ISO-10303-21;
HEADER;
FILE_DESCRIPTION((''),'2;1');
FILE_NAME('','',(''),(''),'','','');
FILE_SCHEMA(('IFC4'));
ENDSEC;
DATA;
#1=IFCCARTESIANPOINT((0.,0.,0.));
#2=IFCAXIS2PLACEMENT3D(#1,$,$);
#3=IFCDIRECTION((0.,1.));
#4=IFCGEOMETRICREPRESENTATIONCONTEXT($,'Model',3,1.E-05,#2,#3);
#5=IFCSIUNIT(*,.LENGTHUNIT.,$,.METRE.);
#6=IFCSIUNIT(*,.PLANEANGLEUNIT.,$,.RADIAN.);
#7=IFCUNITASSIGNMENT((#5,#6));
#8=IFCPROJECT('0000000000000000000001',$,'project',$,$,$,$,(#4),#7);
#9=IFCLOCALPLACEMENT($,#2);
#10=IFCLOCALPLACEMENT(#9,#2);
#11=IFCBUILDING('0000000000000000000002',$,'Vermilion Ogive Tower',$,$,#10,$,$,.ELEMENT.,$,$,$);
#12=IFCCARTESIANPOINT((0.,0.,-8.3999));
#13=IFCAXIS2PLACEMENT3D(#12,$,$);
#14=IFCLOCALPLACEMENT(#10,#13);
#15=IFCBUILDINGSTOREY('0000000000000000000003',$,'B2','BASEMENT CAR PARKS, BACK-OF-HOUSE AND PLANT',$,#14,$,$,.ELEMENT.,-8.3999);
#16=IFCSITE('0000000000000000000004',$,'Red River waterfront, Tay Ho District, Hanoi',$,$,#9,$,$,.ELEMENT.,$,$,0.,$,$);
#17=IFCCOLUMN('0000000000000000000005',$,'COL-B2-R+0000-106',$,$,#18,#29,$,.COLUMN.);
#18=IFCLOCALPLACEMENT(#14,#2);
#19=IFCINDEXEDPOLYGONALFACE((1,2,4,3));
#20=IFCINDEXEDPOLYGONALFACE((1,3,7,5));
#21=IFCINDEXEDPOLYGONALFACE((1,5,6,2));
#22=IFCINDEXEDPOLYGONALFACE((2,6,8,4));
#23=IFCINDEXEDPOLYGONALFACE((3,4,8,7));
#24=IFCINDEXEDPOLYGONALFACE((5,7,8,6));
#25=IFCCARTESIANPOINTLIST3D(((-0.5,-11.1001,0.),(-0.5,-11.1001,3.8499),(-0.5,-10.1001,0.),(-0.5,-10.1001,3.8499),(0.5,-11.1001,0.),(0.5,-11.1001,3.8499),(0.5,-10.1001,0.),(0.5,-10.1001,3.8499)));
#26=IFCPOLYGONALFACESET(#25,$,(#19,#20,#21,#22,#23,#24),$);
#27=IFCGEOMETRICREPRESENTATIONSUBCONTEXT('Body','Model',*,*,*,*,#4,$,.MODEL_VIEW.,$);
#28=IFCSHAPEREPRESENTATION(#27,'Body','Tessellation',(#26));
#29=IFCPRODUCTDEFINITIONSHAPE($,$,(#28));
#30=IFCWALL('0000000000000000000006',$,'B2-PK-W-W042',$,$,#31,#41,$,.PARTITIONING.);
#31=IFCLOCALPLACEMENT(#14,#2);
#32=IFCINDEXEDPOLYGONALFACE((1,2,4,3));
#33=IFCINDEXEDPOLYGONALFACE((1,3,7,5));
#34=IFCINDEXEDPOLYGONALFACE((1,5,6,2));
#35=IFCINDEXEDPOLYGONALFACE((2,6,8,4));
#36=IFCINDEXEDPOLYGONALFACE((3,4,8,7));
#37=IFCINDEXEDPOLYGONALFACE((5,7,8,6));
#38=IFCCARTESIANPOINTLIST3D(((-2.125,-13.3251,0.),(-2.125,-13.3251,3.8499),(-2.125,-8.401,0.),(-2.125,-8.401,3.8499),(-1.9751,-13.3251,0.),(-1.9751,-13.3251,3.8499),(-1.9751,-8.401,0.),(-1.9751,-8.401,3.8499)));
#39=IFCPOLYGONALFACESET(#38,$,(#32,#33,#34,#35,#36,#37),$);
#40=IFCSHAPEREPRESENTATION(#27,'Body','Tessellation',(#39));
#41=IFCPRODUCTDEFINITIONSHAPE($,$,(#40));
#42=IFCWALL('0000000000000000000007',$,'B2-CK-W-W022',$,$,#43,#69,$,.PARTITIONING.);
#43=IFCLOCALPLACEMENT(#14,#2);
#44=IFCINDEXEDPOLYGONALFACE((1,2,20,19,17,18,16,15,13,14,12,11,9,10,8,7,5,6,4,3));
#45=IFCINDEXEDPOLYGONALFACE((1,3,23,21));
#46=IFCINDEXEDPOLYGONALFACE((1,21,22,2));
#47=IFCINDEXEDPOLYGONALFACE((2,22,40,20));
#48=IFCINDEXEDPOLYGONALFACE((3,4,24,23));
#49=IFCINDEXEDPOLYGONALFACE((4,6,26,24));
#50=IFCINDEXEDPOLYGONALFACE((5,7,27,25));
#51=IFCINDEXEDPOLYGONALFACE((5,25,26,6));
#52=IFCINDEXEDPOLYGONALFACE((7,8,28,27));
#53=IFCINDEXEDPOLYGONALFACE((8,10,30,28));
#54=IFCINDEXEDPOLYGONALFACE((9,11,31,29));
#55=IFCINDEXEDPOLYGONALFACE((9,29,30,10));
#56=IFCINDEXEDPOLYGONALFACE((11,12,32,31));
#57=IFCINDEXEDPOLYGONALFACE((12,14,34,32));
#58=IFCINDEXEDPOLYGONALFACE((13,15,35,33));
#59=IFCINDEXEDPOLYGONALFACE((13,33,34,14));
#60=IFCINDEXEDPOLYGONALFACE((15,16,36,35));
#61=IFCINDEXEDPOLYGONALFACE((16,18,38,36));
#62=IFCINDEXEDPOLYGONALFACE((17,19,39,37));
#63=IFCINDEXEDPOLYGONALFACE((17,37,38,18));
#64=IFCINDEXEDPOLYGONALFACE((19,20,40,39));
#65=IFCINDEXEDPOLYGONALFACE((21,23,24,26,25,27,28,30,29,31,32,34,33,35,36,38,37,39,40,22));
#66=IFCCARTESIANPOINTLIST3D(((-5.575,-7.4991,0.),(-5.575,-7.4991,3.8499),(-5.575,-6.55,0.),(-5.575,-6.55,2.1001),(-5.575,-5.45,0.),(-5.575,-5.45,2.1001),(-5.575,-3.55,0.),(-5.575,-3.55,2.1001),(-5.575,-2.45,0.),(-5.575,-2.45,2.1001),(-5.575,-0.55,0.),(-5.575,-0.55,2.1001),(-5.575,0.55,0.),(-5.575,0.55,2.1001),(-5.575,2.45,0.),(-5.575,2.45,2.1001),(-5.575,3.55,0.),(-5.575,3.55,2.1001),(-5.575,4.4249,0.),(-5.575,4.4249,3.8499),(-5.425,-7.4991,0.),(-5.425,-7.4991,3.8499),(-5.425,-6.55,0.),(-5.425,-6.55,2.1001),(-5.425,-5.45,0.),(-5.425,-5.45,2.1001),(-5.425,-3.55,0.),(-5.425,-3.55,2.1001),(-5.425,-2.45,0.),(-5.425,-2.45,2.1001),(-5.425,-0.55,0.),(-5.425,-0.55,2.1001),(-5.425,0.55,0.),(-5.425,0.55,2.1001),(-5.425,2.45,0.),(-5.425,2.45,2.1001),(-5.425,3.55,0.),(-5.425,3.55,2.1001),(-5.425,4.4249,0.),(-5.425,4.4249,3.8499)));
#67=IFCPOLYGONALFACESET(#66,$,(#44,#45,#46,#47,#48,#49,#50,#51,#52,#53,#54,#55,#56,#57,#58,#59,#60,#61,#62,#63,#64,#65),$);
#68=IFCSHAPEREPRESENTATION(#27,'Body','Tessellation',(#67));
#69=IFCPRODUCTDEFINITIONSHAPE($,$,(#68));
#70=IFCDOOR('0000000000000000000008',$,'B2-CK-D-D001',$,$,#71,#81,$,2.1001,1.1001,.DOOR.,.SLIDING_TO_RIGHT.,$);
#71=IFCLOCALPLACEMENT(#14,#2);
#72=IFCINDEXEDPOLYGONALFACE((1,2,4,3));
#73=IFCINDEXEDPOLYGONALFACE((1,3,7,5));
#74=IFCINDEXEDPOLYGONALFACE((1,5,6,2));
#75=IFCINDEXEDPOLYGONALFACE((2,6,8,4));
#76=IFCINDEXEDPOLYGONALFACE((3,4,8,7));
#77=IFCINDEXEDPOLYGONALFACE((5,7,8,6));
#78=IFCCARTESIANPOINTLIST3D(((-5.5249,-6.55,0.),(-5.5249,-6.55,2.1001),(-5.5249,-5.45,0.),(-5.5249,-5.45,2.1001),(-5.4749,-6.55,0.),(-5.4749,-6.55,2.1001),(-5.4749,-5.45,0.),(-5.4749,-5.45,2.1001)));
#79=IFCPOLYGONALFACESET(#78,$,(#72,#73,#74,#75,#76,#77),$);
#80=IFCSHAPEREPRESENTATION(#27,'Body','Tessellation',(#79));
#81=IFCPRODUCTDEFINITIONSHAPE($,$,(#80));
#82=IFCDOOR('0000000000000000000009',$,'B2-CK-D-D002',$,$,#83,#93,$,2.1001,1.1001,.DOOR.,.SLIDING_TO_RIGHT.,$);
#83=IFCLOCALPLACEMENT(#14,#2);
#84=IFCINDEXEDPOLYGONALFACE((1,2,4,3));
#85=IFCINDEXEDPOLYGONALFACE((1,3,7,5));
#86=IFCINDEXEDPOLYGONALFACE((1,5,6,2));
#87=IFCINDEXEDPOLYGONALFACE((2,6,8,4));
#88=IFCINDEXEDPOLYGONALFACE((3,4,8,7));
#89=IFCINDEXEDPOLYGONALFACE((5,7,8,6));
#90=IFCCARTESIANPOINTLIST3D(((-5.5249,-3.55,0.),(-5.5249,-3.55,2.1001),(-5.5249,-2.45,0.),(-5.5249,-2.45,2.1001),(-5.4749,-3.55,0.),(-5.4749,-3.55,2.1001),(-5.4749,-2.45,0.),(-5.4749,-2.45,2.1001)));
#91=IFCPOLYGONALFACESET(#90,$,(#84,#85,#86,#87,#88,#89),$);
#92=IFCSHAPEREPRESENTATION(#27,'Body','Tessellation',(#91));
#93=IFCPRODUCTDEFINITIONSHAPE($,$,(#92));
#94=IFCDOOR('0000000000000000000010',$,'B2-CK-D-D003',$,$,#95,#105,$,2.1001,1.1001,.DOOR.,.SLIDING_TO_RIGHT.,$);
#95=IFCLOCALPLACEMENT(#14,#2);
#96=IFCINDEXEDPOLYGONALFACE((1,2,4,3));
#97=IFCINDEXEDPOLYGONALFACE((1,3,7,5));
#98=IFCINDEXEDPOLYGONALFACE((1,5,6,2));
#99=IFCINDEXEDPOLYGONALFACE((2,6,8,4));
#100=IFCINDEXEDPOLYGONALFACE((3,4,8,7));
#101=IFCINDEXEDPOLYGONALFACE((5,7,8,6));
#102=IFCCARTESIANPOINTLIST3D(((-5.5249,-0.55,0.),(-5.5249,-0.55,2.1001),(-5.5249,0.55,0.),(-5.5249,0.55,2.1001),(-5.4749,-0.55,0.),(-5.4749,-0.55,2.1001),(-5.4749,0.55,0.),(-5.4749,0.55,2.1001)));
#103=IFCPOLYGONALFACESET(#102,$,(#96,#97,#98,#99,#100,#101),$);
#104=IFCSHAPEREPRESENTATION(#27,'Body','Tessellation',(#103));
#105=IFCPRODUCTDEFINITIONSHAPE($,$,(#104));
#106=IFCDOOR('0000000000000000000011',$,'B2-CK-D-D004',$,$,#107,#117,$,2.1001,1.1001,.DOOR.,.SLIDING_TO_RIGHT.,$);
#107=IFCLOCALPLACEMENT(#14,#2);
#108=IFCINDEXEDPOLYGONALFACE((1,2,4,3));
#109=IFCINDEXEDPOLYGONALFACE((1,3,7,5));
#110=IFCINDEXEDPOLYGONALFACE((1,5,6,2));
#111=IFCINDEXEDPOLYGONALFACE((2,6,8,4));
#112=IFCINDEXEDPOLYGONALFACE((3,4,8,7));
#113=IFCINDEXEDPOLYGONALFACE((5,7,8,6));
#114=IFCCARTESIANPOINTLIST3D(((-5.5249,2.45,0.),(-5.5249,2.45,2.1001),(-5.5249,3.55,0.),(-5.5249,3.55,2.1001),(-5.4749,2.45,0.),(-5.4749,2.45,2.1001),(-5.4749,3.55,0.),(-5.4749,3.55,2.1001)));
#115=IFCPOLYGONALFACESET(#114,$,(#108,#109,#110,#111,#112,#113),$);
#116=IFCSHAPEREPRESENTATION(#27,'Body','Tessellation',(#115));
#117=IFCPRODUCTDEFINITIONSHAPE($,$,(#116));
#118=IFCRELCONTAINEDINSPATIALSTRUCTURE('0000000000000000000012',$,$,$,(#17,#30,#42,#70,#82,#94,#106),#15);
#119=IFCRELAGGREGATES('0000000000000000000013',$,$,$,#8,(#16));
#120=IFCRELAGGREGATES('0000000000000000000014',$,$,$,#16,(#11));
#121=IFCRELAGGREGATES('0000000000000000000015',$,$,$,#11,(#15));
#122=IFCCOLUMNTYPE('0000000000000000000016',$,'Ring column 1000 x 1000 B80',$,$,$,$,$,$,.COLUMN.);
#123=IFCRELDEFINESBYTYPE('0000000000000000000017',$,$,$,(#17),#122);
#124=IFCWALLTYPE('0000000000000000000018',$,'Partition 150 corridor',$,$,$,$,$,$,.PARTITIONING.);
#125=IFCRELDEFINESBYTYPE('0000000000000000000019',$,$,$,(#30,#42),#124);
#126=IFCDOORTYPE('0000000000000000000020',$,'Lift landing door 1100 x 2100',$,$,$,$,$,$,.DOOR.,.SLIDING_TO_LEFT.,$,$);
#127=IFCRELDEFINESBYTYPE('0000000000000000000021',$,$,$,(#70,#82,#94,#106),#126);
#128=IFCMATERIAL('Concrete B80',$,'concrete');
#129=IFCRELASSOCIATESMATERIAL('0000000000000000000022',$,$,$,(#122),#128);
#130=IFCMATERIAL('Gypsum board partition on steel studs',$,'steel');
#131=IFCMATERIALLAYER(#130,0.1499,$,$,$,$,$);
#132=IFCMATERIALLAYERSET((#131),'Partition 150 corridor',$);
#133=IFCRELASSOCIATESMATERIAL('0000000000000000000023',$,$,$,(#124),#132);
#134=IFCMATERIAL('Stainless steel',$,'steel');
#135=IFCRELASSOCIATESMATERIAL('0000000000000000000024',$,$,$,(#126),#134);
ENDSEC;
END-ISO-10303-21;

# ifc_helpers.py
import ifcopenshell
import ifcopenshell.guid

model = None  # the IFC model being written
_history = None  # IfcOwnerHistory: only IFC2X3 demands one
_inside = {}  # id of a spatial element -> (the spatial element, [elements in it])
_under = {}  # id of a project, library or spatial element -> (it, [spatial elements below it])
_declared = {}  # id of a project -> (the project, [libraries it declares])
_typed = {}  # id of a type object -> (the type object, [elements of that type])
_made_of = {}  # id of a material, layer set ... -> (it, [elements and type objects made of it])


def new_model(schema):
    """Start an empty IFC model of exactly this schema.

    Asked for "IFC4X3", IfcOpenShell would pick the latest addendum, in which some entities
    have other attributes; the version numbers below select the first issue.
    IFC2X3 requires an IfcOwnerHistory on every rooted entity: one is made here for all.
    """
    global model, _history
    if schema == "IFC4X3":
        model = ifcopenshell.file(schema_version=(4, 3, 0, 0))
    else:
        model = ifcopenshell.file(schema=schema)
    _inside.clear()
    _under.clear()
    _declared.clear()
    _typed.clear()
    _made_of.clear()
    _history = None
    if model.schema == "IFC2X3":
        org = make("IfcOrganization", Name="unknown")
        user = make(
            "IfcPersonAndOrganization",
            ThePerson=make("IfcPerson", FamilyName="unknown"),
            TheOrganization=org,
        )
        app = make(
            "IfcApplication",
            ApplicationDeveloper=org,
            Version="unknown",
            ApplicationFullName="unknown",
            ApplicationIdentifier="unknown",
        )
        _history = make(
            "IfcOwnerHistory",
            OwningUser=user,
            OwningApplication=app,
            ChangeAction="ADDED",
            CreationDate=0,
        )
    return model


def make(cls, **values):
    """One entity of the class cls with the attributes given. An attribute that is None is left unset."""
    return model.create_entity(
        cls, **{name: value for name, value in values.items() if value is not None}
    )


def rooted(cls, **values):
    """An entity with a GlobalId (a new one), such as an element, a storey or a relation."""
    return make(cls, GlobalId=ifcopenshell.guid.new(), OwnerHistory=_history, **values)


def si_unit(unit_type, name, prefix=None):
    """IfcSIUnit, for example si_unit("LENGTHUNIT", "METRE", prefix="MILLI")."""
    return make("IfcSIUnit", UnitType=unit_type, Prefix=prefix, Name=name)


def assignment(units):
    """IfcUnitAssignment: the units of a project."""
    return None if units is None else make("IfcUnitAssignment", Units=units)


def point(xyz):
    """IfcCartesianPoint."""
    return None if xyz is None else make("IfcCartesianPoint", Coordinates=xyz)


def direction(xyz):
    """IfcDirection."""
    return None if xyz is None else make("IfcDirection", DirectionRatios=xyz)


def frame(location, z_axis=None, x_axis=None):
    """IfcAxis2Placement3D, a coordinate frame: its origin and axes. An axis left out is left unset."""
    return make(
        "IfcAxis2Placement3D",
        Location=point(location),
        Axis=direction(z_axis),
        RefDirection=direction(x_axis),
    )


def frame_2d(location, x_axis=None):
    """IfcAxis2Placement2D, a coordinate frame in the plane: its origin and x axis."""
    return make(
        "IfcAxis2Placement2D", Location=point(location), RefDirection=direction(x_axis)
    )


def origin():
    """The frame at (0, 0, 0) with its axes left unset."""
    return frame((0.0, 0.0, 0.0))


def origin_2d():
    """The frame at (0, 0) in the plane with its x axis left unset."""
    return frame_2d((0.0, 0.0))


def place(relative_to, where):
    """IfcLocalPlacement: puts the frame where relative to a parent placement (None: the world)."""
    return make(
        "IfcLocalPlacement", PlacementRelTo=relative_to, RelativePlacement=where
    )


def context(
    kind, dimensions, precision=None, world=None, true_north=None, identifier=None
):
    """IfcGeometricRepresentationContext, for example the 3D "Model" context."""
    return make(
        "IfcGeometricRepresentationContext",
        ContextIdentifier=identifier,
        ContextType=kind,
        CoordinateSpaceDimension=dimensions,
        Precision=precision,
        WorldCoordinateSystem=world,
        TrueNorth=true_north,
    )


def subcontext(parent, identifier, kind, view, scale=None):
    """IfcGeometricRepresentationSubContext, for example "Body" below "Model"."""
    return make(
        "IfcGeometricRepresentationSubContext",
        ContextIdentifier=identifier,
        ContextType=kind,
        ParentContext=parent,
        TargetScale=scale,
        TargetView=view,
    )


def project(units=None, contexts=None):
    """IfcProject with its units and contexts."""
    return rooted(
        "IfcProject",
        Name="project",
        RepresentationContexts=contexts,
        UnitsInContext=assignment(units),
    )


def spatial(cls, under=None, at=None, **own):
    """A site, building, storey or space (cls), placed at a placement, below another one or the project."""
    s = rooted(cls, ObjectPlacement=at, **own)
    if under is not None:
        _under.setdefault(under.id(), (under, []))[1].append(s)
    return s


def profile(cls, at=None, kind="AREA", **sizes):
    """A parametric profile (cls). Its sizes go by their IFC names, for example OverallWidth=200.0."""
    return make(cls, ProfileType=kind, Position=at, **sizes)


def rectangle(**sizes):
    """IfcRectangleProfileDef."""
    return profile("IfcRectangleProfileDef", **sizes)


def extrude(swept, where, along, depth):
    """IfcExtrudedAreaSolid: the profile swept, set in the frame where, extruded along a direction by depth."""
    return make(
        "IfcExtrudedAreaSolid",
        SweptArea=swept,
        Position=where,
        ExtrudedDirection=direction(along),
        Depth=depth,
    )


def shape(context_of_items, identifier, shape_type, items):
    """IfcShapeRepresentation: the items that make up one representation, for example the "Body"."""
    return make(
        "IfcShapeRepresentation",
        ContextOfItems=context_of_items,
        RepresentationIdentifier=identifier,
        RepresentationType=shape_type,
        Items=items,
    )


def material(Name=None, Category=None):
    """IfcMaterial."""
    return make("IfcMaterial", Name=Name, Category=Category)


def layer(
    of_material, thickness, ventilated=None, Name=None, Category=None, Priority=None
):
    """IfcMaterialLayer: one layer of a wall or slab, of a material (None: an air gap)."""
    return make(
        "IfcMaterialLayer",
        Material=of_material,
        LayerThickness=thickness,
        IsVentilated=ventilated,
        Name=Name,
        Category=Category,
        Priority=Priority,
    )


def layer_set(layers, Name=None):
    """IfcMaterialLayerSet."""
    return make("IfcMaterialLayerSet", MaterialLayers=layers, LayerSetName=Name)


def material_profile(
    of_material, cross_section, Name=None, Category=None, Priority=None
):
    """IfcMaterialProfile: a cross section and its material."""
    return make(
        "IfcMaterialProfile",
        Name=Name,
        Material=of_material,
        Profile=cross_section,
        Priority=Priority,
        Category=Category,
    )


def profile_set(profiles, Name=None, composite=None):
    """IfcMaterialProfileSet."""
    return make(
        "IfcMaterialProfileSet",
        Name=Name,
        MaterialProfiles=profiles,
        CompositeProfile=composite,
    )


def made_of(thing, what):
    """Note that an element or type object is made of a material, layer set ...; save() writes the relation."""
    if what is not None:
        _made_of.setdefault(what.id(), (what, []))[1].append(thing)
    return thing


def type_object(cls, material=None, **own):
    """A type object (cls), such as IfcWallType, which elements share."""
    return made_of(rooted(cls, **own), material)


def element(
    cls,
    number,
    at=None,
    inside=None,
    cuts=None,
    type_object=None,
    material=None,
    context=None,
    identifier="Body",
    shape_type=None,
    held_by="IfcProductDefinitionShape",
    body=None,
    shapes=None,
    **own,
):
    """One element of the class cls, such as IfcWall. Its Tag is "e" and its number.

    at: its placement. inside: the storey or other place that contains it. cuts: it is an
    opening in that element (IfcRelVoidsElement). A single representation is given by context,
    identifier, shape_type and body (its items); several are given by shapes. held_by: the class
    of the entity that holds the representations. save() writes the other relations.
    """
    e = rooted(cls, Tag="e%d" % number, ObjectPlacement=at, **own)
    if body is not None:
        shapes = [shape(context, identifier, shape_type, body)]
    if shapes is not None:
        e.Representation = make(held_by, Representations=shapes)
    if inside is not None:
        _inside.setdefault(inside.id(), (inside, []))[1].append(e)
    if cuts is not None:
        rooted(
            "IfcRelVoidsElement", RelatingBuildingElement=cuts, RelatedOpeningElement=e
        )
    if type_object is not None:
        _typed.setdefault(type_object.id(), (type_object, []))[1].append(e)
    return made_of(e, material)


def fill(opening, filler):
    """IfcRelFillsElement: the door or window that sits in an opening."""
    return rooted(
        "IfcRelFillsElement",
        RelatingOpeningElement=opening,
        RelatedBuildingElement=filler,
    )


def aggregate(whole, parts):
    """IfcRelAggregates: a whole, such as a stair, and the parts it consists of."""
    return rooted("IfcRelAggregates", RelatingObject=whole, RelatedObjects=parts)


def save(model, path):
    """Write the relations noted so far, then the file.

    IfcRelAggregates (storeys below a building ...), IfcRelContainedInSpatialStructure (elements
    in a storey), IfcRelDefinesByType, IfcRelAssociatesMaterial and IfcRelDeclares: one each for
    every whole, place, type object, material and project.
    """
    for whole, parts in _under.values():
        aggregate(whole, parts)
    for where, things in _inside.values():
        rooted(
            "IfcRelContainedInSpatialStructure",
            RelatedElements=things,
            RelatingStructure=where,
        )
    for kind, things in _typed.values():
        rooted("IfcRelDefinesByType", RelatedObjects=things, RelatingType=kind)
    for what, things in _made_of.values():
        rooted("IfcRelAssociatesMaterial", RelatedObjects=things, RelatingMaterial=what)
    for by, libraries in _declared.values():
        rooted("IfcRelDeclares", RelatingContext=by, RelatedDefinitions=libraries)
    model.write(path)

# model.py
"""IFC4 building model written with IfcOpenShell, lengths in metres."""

from ifc_helpers import new_model, si_unit, direction, frame, frame_2d, origin, origin_2d, place, context, subcontext, project, spatial, rectangle, extrude, material, layer, layer_set, material_profile, profile_set, type_object, element, fill, save


model = new_model("IFC4")

# Units and contexts
model_context = context("Model", 3, precision=1e-05, world=origin(), true_north=direction((0.0, 1.0)))
body_context = subcontext(model_context, "Body", "Model", "MODEL_VIEW")
ifc_project = project(units=[si_unit("LENGTHUNIT", "METRE"), si_unit("PLANEANGLEUNIT", "RADIAN")], contexts=[model_context])

# Site, building, storey
site_placement = place(None, origin())
site = spatial("IfcSite", under=ifc_project, at=site_placement, Name="Red River waterfront, Tay Ho District, Hanoi", CompositionType="ELEMENT", RefElevation=0.0)
building_placement = place(site_placement, origin())
building = spatial("IfcBuilding", under=site, at=building_placement, Name="Vermilion Ogive Tower", CompositionType="ELEMENT")
storey_placement = place(building_placement, frame((0.0, 0.0, -8.3999)))
storey = spatial("IfcBuildingStorey", under=building, at=storey_placement, Name="B2", Description="BASEMENT CAR PARKS, BACK-OF-HOUSE AND PLANT", CompositionType="ELEMENT", Elevation=-8.3999)

# Column
ifc_material_1 = material(Name="Concrete B80", Category="concrete")
ifc_material_profile = material_profile(ifc_material_1, rectangle(XDim=1.0, YDim=1.0, at=origin_2d()), Name="1000 x 1000")
ifc_profile_set = profile_set([ifc_material_profile], Name="Concrete B80")
column_type = type_object("IfcColumnType", Name="Ring column 1000 x 1000 B80", PredefinedType="COLUMN", material=ifc_profile_set)
column_placement = place(storey_placement, frame((0.0, -10.6001, 0.0), z_axis=(0.0, 0.0, 1.0), x_axis=(1.0, 0.0, 0.0)))
element("IfcColumn", 1, at=column_placement, inside=storey, type_object=column_type, Name="COL-B2-R+0000-106", PredefinedType="COLUMN", context=body_context, shape_type="SweptSolid", body=[
    extrude(rectangle(XDim=1.0, YDim=1.0, at=origin_2d()), origin(), (0.0, 0.0, 1.0), 3.8499),
])

# Wall
ifc_material_2 = material(Name="Gypsum board partition on steel studs", Category="steel")
ifc_layer_1 = layer(ifc_material_2, 0.1499)
ifc_layer_set_1 = layer_set([ifc_layer_1], Name="Partition 150 corridor")
wall_type_1 = type_object("IfcWallType", Name="Partition 150 corridor", PredefinedType="PARTITIONING", material=ifc_layer_set_1)
wall_1_placement = place(storey_placement, frame((-2.05, -13.325, 0.0), z_axis=(0.0, 0.0, 1.0), x_axis=(0.0, 1.0, 0.0)))
element("IfcWall", 2, at=wall_1_placement, inside=storey, type_object=wall_type_1, Name="B2-PK-W-W042", PredefinedType="PARTITIONING", context=body_context, shape_type="SweptSolid", body=[
    extrude(rectangle(XDim=4.9241, YDim=0.1499, at=frame_2d((2.4619, 0.0))), origin(), (0.0, 0.0, 1.0), 3.8499),
])

# Wall, openings, doors
wall_2_placement = place(storey_placement, frame((-5.5, -7.499, 0.0), z_axis=(0.0, 0.0, 1.0), x_axis=(0.0, 1.0, 0.0)))
wall_2 = element("IfcWall", 3, at=wall_2_placement, inside=storey, type_object=wall_type_1, Name="B2-CK-W-W022", PredefinedType="PARTITIONING", context=body_context, shape_type="SweptSolid", body=[
    extrude(rectangle(XDim=11.9241, YDim=0.1499, at=frame_2d((5.9619, 0.0))), origin(), (0.0, 0.0, 1.0), 3.8499),
])
opening_1_placement = place(wall_2_placement, frame((0.949, 0.0, 0.0)))
opening_1 = element("IfcOpeningElement", 4, at=opening_1_placement, cuts=wall_2, PredefinedType="OPENING", context=body_context, shape_type="SweptSolid", body=[
    extrude(rectangle(XDim=1.1001, YDim=2.1001, at=frame_2d((0.55, 1.05))), frame((0.0, 0.085, 0.0), z_axis=(0.0, -1.0, 0.0), x_axis=(1.0, 0.0, 0.0)), (0.0, 0.0, 1.0), 0.1699),
])
opening_2_placement = place(wall_2_placement, frame((3.949, 0.0, 0.0)))
opening_2 = element("IfcOpeningElement", 5, at=opening_2_placement, cuts=wall_2, PredefinedType="OPENING", context=body_context, shape_type="SweptSolid", body=[
    extrude(rectangle(XDim=1.1001, YDim=2.1001, at=frame_2d((0.55, 1.05))), frame((0.0, 0.085, 0.0), z_axis=(0.0, -1.0, 0.0), x_axis=(1.0, 0.0, 0.0)), (0.0, 0.0, 1.0), 0.1699),
])
opening_3_placement = place(wall_2_placement, frame((6.949, 0.0, 0.0)))
opening_3 = element("IfcOpeningElement", 6, at=opening_3_placement, cuts=wall_2, PredefinedType="OPENING", context=body_context, shape_type="SweptSolid", body=[
    extrude(rectangle(XDim=1.1001, YDim=2.1001, at=frame_2d((0.55, 1.05))), frame((0.0, 0.085, 0.0), z_axis=(0.0, -1.0, 0.0), x_axis=(1.0, 0.0, 0.0)), (0.0, 0.0, 1.0), 0.1699),
])
opening_4_placement = place(wall_2_placement, frame((9.949, 0.0, 0.0)))
opening_4 = element("IfcOpeningElement", 7, at=opening_4_placement, cuts=wall_2, PredefinedType="OPENING", context=body_context, shape_type="SweptSolid", body=[
    extrude(rectangle(XDim=1.1001, YDim=2.1001, at=frame_2d((0.55, 1.05))), frame((0.0, 0.085, 0.0), z_axis=(0.0, -1.0, 0.0), x_axis=(1.0, 0.0, 0.0)), (0.0, 0.0, 1.0), 0.1699),
])
ifc_material_3 = material(Name="Stainless steel", Category="steel")
door_type = type_object("IfcDoorType", Name="Lift landing door 1100 x 2100", OperationType="SLIDING_TO_LEFT", PredefinedType="DOOR", material=ifc_material_3)
door_1_placement = place(opening_1_placement, origin())
door_1 = element("IfcDoor", 8, at=door_1_placement, inside=storey, type_object=door_type, Name="B2-CK-D-D001", OperationType="SLIDING_TO_RIGHT", OverallHeight=2.1001, OverallWidth=1.1001, PredefinedType="DOOR", context=body_context, shape_type="SweptSolid", body=[
    extrude(rectangle(XDim=1.1001, YDim=2.1001, at=frame_2d((0.55, 1.05))), frame((0.0, 0.0249, 0.0), z_axis=(0.0, -1.0, 0.0), x_axis=(1.0, 0.0, 0.0)), (0.0, 0.0, 1.0), 0.05),
])
fill(opening_1, door_1)
door_2_placement = place(opening_2_placement, origin())
door_2 = element("IfcDoor", 9, at=door_2_placement, inside=storey, type_object=door_type, Name="B2-CK-D-D002", OperationType="SLIDING_TO_RIGHT", OverallHeight=2.1001, OverallWidth=1.1001, PredefinedType="DOOR", context=body_context, shape_type="SweptSolid", body=[
    extrude(rectangle(XDim=1.1001, YDim=2.1001, at=frame_2d((0.55, 1.05))), frame((0.0, 0.0249, 0.0), z_axis=(0.0, -1.0, 0.0), x_axis=(1.0, 0.0, 0.0)), (0.0, 0.0, 1.0), 0.05),
])
fill(opening_2, door_2)
door_3_placement = place(opening_3_placement, origin())
door_3 = element("IfcDoor", 10, at=door_3_placement, inside=storey, type_object=door_type, Name="B2-CK-D-D003", OperationType="SLIDING_TO_RIGHT", OverallHeight=2.1001, OverallWidth=1.1001, PredefinedType="DOOR", context=body_context, shape_type="SweptSolid", body=[
    extrude(rectangle(XDim=1.1001, YDim=2.1001, at=frame_2d((0.55, 1.05))), frame((0.0, 0.0249, 0.0), z_axis=(0.0, -1.0, 0.0), x_axis=(1.0, 0.0, 0.0)), (0.0, 0.0, 1.0), 0.05),
])
fill(opening_3, door_3)
door_4_placement = place(opening_4_placement, origin())
door_4 = element("IfcDoor", 11, at=door_4_placement, inside=storey, type_object=door_type, Name="B2-CK-D-D004", OperationType="SLIDING_TO_RIGHT", OverallHeight=2.1001, OverallWidth=1.1001, PredefinedType="DOOR", context=body_context, shape_type="SweptSolid", body=[
    extrude(rectangle(XDim=1.1001, YDim=2.1001, at=frame_2d((0.55, 1.05))), frame((0.0, 0.0249, 0.0), z_axis=(0.0, -1.0, 0.0), x_axis=(1.0, 0.0, 0.0)), (0.0, 0.0, 1.0), 0.05),
])
fill(opening_4, door_4)

save(model, "model.ifc")
